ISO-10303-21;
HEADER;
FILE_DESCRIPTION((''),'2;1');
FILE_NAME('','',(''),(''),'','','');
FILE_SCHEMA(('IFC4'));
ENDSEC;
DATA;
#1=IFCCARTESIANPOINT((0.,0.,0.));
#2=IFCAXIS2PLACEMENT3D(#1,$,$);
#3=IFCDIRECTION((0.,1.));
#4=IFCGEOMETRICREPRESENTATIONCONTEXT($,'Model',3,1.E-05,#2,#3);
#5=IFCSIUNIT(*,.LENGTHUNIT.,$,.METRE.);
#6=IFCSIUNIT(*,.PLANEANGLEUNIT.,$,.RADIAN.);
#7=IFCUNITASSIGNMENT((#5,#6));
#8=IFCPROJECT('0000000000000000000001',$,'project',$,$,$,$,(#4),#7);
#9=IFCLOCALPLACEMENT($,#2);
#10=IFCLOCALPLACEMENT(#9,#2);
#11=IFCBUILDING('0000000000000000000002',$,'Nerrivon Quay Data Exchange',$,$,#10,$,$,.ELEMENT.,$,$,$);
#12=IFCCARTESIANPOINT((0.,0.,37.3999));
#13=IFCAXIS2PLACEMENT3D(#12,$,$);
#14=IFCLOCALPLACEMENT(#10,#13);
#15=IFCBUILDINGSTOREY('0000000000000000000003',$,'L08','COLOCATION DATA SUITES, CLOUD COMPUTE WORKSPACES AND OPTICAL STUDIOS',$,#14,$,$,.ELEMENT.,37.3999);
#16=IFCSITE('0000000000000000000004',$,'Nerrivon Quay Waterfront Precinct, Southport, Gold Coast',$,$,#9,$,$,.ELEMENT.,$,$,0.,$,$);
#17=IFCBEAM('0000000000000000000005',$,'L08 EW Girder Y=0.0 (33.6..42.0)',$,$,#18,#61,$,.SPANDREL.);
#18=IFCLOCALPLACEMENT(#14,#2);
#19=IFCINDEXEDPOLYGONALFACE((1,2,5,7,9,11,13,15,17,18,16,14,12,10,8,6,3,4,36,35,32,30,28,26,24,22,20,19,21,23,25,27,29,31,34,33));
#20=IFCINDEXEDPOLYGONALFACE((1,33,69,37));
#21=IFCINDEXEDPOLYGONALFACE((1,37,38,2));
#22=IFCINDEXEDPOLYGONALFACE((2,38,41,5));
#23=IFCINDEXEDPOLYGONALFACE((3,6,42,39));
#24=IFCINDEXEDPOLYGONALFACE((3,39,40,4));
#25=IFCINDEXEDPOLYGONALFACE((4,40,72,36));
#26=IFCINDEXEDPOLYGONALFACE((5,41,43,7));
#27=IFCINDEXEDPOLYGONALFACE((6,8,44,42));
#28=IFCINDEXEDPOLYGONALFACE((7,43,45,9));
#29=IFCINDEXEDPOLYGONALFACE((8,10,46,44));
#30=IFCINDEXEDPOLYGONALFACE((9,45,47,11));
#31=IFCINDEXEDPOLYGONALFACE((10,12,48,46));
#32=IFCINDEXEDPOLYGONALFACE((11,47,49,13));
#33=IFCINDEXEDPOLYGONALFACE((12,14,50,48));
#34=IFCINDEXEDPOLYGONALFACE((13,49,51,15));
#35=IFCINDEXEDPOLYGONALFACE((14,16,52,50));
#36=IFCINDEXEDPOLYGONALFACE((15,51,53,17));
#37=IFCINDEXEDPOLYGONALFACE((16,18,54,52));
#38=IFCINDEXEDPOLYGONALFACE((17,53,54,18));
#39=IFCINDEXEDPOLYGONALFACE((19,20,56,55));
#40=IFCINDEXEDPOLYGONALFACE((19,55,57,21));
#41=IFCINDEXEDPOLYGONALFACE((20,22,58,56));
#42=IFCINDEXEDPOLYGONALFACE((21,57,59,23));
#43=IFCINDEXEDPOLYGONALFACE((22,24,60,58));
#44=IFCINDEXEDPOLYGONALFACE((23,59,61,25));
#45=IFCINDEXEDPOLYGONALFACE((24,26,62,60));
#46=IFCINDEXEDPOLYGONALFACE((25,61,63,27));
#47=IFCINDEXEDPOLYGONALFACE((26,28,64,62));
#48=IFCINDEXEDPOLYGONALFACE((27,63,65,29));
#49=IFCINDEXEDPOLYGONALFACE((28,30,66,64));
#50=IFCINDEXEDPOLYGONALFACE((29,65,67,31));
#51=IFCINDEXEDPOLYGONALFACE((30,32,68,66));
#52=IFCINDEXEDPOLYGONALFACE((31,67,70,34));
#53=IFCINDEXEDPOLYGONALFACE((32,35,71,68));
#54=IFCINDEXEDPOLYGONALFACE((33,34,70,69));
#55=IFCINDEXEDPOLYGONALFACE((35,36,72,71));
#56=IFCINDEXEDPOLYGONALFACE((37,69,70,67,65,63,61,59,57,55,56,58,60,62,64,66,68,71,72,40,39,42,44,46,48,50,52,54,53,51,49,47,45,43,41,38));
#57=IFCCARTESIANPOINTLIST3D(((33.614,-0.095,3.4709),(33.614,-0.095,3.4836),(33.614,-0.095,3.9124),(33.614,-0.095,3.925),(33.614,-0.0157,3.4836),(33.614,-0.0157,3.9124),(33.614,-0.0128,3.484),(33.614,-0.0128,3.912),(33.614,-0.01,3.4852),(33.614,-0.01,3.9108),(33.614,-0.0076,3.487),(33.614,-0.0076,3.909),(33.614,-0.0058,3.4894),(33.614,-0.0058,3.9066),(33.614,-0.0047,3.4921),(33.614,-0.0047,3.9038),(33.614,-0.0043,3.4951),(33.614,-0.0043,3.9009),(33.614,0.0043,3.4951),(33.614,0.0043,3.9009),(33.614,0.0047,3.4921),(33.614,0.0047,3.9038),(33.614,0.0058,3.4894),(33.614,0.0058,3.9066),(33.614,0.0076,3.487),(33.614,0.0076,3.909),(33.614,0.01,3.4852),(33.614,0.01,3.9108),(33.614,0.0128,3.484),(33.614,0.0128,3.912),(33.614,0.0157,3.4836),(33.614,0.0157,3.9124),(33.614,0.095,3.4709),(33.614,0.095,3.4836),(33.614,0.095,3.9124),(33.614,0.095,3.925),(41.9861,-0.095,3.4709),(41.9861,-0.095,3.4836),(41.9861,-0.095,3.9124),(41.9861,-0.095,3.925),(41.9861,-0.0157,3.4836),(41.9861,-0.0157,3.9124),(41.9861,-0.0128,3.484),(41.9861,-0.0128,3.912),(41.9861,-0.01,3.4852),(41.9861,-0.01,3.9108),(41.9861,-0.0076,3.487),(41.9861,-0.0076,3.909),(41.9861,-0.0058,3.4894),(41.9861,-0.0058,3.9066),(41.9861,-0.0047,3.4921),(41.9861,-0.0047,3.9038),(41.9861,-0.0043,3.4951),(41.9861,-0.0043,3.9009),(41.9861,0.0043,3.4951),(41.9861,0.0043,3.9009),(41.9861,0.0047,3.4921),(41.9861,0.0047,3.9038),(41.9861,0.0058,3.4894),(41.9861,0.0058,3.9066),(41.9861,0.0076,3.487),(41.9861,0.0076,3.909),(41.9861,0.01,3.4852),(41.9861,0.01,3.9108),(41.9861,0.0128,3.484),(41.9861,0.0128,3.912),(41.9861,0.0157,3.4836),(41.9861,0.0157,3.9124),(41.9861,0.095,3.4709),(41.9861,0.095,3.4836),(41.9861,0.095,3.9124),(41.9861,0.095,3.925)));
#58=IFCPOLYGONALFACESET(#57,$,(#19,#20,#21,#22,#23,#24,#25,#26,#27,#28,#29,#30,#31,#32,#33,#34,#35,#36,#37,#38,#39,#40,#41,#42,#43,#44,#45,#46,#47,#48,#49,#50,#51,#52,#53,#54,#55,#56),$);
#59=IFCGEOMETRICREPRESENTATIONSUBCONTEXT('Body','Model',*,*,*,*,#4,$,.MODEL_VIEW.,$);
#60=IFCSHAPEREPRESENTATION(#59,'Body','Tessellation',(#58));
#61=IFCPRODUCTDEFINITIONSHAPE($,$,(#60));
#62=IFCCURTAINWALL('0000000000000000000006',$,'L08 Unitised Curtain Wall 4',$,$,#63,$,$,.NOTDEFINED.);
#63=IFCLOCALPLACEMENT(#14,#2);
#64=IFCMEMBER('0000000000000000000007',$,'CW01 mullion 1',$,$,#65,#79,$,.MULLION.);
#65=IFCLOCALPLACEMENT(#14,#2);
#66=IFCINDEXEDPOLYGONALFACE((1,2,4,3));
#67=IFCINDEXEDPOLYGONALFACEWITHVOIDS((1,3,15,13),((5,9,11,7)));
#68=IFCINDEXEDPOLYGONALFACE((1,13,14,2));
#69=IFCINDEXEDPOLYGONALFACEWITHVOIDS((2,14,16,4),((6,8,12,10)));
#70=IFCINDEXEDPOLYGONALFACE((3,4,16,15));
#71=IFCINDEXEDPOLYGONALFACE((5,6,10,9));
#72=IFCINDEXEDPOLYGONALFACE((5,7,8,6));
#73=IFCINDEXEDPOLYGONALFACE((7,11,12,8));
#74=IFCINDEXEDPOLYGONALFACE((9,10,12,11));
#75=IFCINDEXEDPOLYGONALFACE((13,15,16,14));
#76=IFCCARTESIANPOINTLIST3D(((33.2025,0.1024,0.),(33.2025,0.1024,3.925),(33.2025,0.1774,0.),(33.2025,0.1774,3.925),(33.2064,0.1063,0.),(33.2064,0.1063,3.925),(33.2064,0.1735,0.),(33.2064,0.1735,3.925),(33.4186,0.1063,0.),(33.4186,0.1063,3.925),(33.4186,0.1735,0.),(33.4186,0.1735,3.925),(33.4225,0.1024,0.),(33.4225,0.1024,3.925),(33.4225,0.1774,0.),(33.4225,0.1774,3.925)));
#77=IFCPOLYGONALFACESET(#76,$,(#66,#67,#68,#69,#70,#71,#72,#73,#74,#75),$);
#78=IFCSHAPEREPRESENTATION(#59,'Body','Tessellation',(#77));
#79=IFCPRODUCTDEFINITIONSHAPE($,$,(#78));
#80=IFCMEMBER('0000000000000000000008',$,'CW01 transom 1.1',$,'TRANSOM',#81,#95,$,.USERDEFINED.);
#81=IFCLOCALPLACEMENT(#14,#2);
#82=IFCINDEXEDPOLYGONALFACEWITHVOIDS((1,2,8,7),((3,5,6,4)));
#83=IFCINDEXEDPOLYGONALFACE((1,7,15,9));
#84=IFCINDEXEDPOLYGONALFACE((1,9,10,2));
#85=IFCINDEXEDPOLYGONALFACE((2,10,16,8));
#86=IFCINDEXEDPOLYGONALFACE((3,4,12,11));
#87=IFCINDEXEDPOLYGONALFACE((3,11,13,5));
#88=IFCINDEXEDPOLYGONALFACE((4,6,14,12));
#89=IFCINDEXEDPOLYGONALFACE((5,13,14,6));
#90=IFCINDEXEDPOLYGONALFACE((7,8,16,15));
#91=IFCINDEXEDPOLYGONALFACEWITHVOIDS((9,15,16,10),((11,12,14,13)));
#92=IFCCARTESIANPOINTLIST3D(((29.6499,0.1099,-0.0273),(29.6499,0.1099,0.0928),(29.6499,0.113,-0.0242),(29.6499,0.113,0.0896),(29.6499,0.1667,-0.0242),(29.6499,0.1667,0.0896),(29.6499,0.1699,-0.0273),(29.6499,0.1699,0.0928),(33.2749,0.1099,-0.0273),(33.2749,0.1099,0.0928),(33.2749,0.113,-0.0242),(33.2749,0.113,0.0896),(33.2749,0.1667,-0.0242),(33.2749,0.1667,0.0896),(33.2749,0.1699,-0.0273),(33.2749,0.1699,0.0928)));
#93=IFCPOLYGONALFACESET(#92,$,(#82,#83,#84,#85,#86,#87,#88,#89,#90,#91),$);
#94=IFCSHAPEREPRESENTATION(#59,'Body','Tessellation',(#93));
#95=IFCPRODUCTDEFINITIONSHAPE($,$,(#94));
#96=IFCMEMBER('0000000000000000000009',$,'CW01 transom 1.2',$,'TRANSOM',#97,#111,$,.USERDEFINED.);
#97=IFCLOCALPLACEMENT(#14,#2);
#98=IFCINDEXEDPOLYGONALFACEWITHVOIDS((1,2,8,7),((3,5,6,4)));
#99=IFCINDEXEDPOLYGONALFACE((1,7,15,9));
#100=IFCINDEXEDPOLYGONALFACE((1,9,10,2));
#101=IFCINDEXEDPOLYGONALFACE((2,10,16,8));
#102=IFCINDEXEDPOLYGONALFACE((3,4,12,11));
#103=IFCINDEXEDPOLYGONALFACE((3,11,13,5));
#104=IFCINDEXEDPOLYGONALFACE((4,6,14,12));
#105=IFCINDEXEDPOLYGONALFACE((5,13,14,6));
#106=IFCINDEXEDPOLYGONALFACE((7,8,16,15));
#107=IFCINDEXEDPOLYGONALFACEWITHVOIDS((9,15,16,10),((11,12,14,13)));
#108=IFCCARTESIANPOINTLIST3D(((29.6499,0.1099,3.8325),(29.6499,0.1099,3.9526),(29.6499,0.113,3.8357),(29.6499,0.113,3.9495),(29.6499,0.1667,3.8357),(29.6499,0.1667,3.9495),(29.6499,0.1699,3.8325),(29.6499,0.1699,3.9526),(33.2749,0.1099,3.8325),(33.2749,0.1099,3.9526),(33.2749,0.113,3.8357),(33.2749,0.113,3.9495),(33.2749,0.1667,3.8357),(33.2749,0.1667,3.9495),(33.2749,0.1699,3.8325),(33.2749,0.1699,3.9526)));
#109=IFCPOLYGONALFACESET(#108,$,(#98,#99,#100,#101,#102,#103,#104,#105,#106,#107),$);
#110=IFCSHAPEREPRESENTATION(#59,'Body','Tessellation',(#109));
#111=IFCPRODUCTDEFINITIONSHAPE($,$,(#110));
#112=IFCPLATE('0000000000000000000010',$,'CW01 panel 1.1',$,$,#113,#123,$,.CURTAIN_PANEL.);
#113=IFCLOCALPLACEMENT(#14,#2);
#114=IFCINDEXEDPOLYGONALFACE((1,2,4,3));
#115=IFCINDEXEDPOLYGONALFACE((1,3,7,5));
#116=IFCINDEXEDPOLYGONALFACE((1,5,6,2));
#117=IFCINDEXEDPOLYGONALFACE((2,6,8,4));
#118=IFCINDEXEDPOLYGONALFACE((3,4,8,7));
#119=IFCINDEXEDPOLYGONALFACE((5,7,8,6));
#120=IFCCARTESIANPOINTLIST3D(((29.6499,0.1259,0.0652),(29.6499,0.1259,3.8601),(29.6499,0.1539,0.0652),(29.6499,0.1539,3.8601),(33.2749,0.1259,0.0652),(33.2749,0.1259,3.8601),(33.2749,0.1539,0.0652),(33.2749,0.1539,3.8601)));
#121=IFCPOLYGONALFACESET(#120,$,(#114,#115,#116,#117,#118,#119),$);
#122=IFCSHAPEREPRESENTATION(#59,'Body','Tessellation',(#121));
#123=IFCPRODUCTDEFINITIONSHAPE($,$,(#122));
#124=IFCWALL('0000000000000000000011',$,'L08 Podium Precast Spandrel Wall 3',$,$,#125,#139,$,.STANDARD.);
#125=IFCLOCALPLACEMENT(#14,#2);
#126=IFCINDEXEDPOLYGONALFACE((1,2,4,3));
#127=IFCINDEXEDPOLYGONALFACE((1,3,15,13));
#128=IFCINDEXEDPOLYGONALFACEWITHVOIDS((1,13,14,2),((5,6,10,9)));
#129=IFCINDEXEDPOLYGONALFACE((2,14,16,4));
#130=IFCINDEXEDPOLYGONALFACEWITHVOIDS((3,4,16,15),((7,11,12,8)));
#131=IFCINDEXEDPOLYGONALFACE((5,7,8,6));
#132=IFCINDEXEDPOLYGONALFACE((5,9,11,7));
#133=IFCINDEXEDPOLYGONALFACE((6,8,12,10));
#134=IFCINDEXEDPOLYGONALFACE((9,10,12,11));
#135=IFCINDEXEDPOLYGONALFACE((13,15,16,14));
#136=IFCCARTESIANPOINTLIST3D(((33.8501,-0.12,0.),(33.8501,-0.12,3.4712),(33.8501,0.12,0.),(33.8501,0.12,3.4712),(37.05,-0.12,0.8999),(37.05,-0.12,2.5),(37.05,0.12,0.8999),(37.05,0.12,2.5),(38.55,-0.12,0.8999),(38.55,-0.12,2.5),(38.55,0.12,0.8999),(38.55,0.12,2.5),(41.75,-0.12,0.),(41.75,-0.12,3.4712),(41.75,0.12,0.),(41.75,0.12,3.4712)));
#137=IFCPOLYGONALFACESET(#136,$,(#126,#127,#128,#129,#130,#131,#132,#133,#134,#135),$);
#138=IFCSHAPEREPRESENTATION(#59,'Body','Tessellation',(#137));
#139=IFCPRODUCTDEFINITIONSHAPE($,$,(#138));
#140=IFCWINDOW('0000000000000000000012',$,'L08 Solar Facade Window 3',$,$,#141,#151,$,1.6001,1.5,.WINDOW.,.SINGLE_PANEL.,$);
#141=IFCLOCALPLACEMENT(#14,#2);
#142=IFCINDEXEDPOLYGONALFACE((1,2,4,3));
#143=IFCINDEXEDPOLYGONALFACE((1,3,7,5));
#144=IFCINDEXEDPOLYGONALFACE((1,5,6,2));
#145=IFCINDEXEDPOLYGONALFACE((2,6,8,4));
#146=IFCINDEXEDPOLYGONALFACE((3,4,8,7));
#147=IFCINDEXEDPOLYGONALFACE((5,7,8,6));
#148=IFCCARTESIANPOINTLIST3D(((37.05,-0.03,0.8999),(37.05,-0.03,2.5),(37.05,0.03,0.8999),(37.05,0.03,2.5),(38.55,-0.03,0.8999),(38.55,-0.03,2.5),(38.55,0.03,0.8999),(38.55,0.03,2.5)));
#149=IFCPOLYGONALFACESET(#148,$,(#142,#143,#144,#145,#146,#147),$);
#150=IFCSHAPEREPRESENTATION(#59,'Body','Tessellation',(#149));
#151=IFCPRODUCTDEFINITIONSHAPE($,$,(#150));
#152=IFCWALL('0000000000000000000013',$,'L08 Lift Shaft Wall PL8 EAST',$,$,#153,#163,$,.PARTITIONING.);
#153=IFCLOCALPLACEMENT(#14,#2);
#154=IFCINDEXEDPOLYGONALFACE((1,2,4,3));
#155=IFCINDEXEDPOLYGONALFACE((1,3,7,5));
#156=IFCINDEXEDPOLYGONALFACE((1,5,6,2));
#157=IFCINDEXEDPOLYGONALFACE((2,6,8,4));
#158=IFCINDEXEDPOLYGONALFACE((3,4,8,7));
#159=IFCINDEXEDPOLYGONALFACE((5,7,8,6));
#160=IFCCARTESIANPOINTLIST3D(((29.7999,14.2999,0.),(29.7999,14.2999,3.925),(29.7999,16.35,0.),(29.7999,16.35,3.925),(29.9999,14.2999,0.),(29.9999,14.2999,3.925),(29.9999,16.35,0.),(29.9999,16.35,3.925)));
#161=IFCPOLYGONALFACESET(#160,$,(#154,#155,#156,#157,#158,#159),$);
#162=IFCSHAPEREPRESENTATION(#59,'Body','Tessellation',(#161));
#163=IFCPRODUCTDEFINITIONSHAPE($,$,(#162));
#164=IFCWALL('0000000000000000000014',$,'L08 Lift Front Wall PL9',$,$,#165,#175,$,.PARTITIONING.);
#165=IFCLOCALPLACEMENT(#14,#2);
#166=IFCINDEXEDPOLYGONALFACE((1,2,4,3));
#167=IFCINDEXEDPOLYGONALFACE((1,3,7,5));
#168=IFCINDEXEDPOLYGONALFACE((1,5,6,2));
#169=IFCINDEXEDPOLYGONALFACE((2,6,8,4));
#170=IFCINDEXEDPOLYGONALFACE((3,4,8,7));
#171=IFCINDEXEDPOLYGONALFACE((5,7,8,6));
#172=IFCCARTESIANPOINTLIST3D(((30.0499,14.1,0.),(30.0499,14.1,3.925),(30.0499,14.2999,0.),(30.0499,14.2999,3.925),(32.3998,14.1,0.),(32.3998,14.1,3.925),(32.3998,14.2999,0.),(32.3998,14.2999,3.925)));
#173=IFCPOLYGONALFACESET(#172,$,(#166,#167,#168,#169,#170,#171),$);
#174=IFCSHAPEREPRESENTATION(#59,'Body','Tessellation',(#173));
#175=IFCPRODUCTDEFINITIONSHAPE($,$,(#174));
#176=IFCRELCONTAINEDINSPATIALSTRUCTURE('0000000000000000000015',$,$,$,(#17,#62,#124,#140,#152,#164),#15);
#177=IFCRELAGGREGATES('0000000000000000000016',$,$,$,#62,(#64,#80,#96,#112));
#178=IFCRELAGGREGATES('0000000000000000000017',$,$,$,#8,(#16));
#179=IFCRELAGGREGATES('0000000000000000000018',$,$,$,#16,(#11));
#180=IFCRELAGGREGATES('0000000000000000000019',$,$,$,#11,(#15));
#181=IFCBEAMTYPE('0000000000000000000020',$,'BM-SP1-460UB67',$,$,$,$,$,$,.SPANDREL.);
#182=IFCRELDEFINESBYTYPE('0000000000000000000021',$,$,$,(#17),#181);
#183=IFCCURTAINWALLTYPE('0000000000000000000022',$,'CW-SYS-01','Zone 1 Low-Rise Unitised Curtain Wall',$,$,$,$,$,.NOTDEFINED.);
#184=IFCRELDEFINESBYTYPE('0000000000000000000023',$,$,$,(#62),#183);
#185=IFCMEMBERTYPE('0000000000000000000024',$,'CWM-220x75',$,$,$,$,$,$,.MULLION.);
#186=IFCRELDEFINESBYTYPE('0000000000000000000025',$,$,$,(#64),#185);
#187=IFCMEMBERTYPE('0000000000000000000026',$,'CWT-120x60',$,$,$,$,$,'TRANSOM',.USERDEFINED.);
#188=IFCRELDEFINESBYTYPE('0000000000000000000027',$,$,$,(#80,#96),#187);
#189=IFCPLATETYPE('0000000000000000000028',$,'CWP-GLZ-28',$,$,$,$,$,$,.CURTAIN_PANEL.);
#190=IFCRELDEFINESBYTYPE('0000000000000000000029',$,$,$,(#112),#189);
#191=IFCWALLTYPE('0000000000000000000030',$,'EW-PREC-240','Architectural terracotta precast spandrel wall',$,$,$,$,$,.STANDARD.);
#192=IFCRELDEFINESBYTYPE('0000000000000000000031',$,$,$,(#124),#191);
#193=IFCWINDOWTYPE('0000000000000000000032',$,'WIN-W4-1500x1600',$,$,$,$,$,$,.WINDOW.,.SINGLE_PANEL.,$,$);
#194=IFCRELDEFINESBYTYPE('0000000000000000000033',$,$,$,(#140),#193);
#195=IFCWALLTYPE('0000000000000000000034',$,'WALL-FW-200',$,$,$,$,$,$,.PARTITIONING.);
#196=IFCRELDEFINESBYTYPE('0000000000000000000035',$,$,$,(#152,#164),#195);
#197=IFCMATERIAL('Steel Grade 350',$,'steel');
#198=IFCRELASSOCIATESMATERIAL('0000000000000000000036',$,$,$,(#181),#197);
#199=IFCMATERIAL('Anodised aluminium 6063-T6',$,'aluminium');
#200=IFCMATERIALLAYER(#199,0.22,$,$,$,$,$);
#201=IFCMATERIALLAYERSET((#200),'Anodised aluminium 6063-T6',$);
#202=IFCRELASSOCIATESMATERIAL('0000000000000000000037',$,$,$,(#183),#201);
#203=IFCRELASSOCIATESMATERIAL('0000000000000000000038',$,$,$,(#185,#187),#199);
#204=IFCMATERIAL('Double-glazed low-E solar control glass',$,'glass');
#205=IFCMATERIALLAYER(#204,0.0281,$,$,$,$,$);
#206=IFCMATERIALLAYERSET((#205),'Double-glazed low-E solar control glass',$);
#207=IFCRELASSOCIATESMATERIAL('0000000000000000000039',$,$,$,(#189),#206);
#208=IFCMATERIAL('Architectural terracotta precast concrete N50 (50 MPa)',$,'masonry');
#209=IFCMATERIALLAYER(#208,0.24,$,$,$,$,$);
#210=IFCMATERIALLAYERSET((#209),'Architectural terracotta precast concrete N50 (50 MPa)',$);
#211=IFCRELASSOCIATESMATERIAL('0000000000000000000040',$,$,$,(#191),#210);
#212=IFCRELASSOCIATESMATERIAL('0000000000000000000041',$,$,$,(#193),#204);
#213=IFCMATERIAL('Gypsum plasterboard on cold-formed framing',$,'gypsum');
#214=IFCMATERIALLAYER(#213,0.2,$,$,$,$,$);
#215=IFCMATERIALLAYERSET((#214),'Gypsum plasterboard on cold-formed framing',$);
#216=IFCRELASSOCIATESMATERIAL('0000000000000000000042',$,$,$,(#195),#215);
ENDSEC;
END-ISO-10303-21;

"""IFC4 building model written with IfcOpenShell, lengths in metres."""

from ifc_helpers import new_model, si_unit, direction, frame, frame_2d, origin, origin_2d, place, context, subcontext, project, spatial, rectangle, hollow_rectangle, i_section, extrude, material, layer, layer_set, material_profile, profile_set, type_object, element, fill, aggregate, save


model = new_model("IFC4")

# Units and contexts
model_context = context("Model", 3, precision=1e-05, world=origin(), true_north=direction((0.0, 1.0)))
body_context = subcontext(model_context, "Body", "Model", "MODEL_VIEW")
ifc_project = project(units=[si_unit("LENGTHUNIT", "METRE"), si_unit("PLANEANGLEUNIT", "RADIAN")], contexts=[model_context])

# Site, building, storey
site_placement = place(None, origin())
site = spatial("IfcSite", under=ifc_project, at=site_placement, Name="Nerrivon Quay Waterfront Precinct, Southport, Gold Coast", CompositionType="ELEMENT", RefElevation=0.0)
building_placement = place(site_placement, origin())
building = spatial("IfcBuilding", under=site, at=building_placement, Name="Nerrivon Quay Data Exchange", CompositionType="ELEMENT")
storey_placement = place(building_placement, frame((0.0, 0.0, 37.3999)))
storey = spatial("IfcBuildingStorey", under=building, at=storey_placement, Name="L08", Description="COLOCATION DATA SUITES, CLOUD COMPUTE WORKSPACES AND OPTICAL STUDIOS", CompositionType="ELEMENT", Elevation=37.3999)

# Shared definitions
ifc_material_1 = material(Name="Steel Grade 350", Category="steel")

# Beam
ifc_material_profile_1 = material_profile(ifc_material_1, i_section(OverallWidth=0.1899, OverallDepth=0.4541, WebThickness=0.0085, FlangeThickness=0.0127, FilletRadius=0.0115, at=origin_2d()), Name="460UB67.1")
ifc_profile_set_1 = profile_set([ifc_material_profile_1], Name="Steel Grade 350")
beam_type_1 = type_object("IfcBeamType", Name="BM-SP1-460UB67", PredefinedType="SPANDREL", material=ifc_profile_set_1)
beam_1_placement = place(storey_placement, frame((33.614, 0.0, 3.698), z_axis=(1.0, 0.0, 0.0), x_axis=(0.0, 1.0, 0.0)))
element("IfcBeam", 1, at=beam_1_placement, inside=storey, type_object=beam_type_1, Name="L08 EW Girder Y=0.0 (33.6..42.0)", PredefinedType="SPANDREL", context=body_context, shape_type="SweptSolid", body=[
    extrude(i_section(OverallWidth=0.1899, OverallDepth=0.4541, WebThickness=0.0085, FlangeThickness=0.0127, FilletRadius=0.0115, at=origin_2d()), origin(), (0.0, 0.0, 1.0), 8.3721),
])

# Curtain wall, members, plate
ifc_material_2 = material(Name="Anodised aluminium 6063-T6", Category="aluminium")
ifc_layer_1 = layer(ifc_material_2, 0.22)
ifc_layer_set_1 = layer_set([ifc_layer_1], Name="Anodised aluminium 6063-T6")
curtain_wall_type = type_object("IfcCurtainWallType", Name="CW-SYS-01", Description="Zone 1 Low-Rise Unitised Curtain Wall", PredefinedType="NOTDEFINED", material=ifc_layer_set_1)
curtain_wall_placement = place(storey_placement, origin())
curtain_wall = element("IfcCurtainWall", 2, at=curtain_wall_placement, inside=storey, type_object=curtain_wall_type, Name="L08 Unitised Curtain Wall 4", PredefinedType="NOTDEFINED")
ifc_material_profile_2 = material_profile(ifc_material_2, hollow_rectangle(XDim=0.075, YDim=0.22, WallThickness=0.0039, at=origin_2d()), Name="ALU-MULL-220x75")
ifc_profile_set_2 = profile_set([ifc_material_profile_2], Name="Anodised aluminium 6063-T6")
member_type_1 = type_object("IfcMemberType", Name="CWM-220x75", PredefinedType="MULLION", material=ifc_profile_set_2)
member_1_placement = place(storey_placement, frame((33.3125, 0.1399, 0.0), z_axis=(0.0, 0.0, 1.0), x_axis=(0.0, -1.0, 0.0)))
member_1 = element("IfcMember", 3, at=member_1_placement, type_object=member_type_1, Name="CW01 mullion 1", PredefinedType="MULLION", context=body_context, shape_type="SweptSolid", body=[
    extrude(hollow_rectangle(XDim=0.075, YDim=0.22, WallThickness=0.0039, at=origin_2d()), origin(), (0.0, 0.0, 1.0), 3.925),
])
ifc_material_profile_3 = material_profile(ifc_material_2, hollow_rectangle(XDim=0.0601, YDim=0.1201, WallThickness=0.0032, at=origin_2d()), Name="ALU-TRAN-120x60")
ifc_profile_set_3 = profile_set([ifc_material_profile_3], Name="Anodised aluminium 6063-T6")
member_type_2 = type_object("IfcMemberType", Name="CWT-120x60", ElementType="TRANSOM", PredefinedType="USERDEFINED", material=ifc_profile_set_3)
member_2_placement = place(storey_placement, frame((33.2749, 0.1399, 0.0327), z_axis=(-1.0, 0.0, 0.0), x_axis=(0.0, -1.0, 0.0)))
member_2 = element("IfcMember", 4, at=member_2_placement, type_object=member_type_2, Name="CW01 transom 1.1", ObjectType="TRANSOM", PredefinedType="USERDEFINED", context=body_context, shape_type="SweptSolid", body=[
    extrude(hollow_rectangle(XDim=0.0601, YDim=0.1201, WallThickness=0.0032, at=origin_2d()), origin(), (0.0, 0.0, 1.0), 3.625),
])
member_3_placement = place(storey_placement, frame((33.2749, 0.1399, 3.8926), z_axis=(-1.0, 0.0, 0.0), x_axis=(0.0, -1.0, 0.0)))
member_3 = element("IfcMember", 5, at=member_3_placement, type_object=member_type_2, Name="CW01 transom 1.2", ObjectType="TRANSOM", PredefinedType="USERDEFINED", context=body_context, shape_type="SweptSolid", body=[
    extrude(hollow_rectangle(XDim=0.0601, YDim=0.1201, WallThickness=0.0032, at=origin_2d()), origin(), (0.0, 0.0, 1.0), 3.625),
])
ifc_material_3 = material(Name="Double-glazed low-E solar control glass", Category="glass")
ifc_layer_2 = layer(ifc_material_3, 0.0281)
ifc_layer_set_2 = layer_set([ifc_layer_2], Name="Double-glazed low-E solar control glass")
plate_type = type_object("IfcPlateType", Name="CWP-GLZ-28", PredefinedType="CURTAIN_PANEL", material=ifc_layer_set_2)
plate_placement = place(storey_placement, frame((31.4624, 0.1399, 0.0652), z_axis=(0.0, 0.0, 1.0), x_axis=(-1.0, 0.0, 0.0)))
plate = element("IfcPlate", 6, at=plate_placement, type_object=plate_type, Name="CW01 panel 1.1", PredefinedType="CURTAIN_PANEL", context=body_context, shape_type="SweptSolid", body=[
    extrude(rectangle(XDim=3.625, YDim=0.0281, at=origin_2d()), origin(), (0.0, 0.0, 1.0), 3.7949),
])
aggregate(curtain_wall, [member_1, member_2, member_3, plate])

# Wall, opening, window
ifc_material_4 = material(Name="Architectural terracotta precast concrete N50 (50 MPa)", Category="masonry")
ifc_layer_3 = layer(ifc_material_4, 0.24)
ifc_layer_set_3 = layer_set([ifc_layer_3], Name="Architectural terracotta precast concrete N50 (50 MPa)")
wall_type_1 = type_object("IfcWallType", Name="EW-PREC-240", Description="Architectural terracotta precast spandrel wall", PredefinedType="STANDARD", material=ifc_layer_set_3)
wall_1_placement = place(storey_placement, frame((41.75, 0.0, 0.0), z_axis=(0.0, 0.0, 1.0), x_axis=(-1.0, 0.0, 0.0)))
wall_1 = element("IfcWall", 7, at=wall_1_placement, inside=storey, type_object=wall_type_1, Name="L08 Podium Precast Spandrel Wall 3", PredefinedType="STANDARD", context=body_context, shape_type="SweptSolid", body=[
    extrude(rectangle(XDim=7.8999, YDim=0.24, at=frame_2d((3.95, 0.0))), origin(), (0.0, 0.0, 1.0), 3.4712),
])
opening_1_placement = place(wall_1_placement, frame((3.2, 0.0, 0.8999)))
opening_1 = element("IfcOpeningElement", 8, at=opening_1_placement, cuts=wall_1, PredefinedType="OPENING", context=body_context, shape_type="SweptSolid", body=[
    extrude(rectangle(XDim=1.5, YDim=1.6001, at=frame_2d((0.75, 0.8))), frame((0.0, 0.1299, 0.0), z_axis=(0.0, -1.0, 0.0), x_axis=(1.0, 0.0, 0.0)), (0.0, 0.0, 1.0), 0.26),
])
window_type = type_object("IfcWindowType", Name="WIN-W4-1500x1600", PartitioningType="SINGLE_PANEL", PredefinedType="WINDOW", material=ifc_material_3)
window_placement = place(opening_1_placement, origin())
window = element("IfcWindow", 9, at=window_placement, inside=storey, type_object=window_type, Name="L08 Solar Facade Window 3", OverallHeight=1.6001, OverallWidth=1.5, PartitioningType="SINGLE_PANEL", PredefinedType="WINDOW", context=body_context, shape_type="SweptSolid", body=[
    extrude(rectangle(XDim=1.5, YDim=1.6001, at=frame_2d((0.75, 0.8))), frame((0.0, 0.03, 0.0), z_axis=(0.0, -1.0, 0.0), x_axis=(1.0, 0.0, 0.0)), (0.0, 0.0, 1.0), 0.0601),
])
fill(opening_1, window)

# Walls
ifc_material_5 = material(Name="Gypsum plasterboard on cold-formed framing", Category="gypsum")
ifc_layer_4 = layer(ifc_material_5, 0.2)
ifc_layer_set_4 = layer_set([ifc_layer_4], Name="Gypsum plasterboard on cold-formed framing")
wall_type_2 = type_object("IfcWallType", Name="WALL-FW-200", PredefinedType="PARTITIONING", material=ifc_layer_set_4)
wall_2_placement = place(storey_placement, frame((29.8999, 14.3, 0.0), z_axis=(0.0, 0.0, 1.0), x_axis=(0.0, 1.0, 0.0)))
element("IfcWall", 10, at=wall_2_placement, inside=storey, type_object=wall_type_2, Name="L08 Lift Shaft Wall PL8 EAST", PredefinedType="PARTITIONING", context=body_context, shape_type="SweptSolid", body=[
    extrude(rectangle(XDim=2.05, YDim=0.2, at=frame_2d((1.0249, 0.0))), origin(), (0.0, 0.0, 1.0), 3.925),
])
wall_3_placement = place(storey_placement, frame((30.05, 14.2, 0.0), z_axis=(0.0, 0.0, 1.0), x_axis=(1.0, 0.0, 0.0)))
element("IfcWall", 11, at=wall_3_placement, inside=storey, type_object=wall_type_2, Name="L08 Lift Front Wall PL9", PredefinedType="PARTITIONING", context=body_context, shape_type="SweptSolid", body=[
    extrude(rectangle(XDim=2.3499, YDim=0.2, at=frame_2d((1.1748, 0.0))), origin(), (0.0, 0.0, 1.0), 3.925),
])

save(model, "model.ifc")
